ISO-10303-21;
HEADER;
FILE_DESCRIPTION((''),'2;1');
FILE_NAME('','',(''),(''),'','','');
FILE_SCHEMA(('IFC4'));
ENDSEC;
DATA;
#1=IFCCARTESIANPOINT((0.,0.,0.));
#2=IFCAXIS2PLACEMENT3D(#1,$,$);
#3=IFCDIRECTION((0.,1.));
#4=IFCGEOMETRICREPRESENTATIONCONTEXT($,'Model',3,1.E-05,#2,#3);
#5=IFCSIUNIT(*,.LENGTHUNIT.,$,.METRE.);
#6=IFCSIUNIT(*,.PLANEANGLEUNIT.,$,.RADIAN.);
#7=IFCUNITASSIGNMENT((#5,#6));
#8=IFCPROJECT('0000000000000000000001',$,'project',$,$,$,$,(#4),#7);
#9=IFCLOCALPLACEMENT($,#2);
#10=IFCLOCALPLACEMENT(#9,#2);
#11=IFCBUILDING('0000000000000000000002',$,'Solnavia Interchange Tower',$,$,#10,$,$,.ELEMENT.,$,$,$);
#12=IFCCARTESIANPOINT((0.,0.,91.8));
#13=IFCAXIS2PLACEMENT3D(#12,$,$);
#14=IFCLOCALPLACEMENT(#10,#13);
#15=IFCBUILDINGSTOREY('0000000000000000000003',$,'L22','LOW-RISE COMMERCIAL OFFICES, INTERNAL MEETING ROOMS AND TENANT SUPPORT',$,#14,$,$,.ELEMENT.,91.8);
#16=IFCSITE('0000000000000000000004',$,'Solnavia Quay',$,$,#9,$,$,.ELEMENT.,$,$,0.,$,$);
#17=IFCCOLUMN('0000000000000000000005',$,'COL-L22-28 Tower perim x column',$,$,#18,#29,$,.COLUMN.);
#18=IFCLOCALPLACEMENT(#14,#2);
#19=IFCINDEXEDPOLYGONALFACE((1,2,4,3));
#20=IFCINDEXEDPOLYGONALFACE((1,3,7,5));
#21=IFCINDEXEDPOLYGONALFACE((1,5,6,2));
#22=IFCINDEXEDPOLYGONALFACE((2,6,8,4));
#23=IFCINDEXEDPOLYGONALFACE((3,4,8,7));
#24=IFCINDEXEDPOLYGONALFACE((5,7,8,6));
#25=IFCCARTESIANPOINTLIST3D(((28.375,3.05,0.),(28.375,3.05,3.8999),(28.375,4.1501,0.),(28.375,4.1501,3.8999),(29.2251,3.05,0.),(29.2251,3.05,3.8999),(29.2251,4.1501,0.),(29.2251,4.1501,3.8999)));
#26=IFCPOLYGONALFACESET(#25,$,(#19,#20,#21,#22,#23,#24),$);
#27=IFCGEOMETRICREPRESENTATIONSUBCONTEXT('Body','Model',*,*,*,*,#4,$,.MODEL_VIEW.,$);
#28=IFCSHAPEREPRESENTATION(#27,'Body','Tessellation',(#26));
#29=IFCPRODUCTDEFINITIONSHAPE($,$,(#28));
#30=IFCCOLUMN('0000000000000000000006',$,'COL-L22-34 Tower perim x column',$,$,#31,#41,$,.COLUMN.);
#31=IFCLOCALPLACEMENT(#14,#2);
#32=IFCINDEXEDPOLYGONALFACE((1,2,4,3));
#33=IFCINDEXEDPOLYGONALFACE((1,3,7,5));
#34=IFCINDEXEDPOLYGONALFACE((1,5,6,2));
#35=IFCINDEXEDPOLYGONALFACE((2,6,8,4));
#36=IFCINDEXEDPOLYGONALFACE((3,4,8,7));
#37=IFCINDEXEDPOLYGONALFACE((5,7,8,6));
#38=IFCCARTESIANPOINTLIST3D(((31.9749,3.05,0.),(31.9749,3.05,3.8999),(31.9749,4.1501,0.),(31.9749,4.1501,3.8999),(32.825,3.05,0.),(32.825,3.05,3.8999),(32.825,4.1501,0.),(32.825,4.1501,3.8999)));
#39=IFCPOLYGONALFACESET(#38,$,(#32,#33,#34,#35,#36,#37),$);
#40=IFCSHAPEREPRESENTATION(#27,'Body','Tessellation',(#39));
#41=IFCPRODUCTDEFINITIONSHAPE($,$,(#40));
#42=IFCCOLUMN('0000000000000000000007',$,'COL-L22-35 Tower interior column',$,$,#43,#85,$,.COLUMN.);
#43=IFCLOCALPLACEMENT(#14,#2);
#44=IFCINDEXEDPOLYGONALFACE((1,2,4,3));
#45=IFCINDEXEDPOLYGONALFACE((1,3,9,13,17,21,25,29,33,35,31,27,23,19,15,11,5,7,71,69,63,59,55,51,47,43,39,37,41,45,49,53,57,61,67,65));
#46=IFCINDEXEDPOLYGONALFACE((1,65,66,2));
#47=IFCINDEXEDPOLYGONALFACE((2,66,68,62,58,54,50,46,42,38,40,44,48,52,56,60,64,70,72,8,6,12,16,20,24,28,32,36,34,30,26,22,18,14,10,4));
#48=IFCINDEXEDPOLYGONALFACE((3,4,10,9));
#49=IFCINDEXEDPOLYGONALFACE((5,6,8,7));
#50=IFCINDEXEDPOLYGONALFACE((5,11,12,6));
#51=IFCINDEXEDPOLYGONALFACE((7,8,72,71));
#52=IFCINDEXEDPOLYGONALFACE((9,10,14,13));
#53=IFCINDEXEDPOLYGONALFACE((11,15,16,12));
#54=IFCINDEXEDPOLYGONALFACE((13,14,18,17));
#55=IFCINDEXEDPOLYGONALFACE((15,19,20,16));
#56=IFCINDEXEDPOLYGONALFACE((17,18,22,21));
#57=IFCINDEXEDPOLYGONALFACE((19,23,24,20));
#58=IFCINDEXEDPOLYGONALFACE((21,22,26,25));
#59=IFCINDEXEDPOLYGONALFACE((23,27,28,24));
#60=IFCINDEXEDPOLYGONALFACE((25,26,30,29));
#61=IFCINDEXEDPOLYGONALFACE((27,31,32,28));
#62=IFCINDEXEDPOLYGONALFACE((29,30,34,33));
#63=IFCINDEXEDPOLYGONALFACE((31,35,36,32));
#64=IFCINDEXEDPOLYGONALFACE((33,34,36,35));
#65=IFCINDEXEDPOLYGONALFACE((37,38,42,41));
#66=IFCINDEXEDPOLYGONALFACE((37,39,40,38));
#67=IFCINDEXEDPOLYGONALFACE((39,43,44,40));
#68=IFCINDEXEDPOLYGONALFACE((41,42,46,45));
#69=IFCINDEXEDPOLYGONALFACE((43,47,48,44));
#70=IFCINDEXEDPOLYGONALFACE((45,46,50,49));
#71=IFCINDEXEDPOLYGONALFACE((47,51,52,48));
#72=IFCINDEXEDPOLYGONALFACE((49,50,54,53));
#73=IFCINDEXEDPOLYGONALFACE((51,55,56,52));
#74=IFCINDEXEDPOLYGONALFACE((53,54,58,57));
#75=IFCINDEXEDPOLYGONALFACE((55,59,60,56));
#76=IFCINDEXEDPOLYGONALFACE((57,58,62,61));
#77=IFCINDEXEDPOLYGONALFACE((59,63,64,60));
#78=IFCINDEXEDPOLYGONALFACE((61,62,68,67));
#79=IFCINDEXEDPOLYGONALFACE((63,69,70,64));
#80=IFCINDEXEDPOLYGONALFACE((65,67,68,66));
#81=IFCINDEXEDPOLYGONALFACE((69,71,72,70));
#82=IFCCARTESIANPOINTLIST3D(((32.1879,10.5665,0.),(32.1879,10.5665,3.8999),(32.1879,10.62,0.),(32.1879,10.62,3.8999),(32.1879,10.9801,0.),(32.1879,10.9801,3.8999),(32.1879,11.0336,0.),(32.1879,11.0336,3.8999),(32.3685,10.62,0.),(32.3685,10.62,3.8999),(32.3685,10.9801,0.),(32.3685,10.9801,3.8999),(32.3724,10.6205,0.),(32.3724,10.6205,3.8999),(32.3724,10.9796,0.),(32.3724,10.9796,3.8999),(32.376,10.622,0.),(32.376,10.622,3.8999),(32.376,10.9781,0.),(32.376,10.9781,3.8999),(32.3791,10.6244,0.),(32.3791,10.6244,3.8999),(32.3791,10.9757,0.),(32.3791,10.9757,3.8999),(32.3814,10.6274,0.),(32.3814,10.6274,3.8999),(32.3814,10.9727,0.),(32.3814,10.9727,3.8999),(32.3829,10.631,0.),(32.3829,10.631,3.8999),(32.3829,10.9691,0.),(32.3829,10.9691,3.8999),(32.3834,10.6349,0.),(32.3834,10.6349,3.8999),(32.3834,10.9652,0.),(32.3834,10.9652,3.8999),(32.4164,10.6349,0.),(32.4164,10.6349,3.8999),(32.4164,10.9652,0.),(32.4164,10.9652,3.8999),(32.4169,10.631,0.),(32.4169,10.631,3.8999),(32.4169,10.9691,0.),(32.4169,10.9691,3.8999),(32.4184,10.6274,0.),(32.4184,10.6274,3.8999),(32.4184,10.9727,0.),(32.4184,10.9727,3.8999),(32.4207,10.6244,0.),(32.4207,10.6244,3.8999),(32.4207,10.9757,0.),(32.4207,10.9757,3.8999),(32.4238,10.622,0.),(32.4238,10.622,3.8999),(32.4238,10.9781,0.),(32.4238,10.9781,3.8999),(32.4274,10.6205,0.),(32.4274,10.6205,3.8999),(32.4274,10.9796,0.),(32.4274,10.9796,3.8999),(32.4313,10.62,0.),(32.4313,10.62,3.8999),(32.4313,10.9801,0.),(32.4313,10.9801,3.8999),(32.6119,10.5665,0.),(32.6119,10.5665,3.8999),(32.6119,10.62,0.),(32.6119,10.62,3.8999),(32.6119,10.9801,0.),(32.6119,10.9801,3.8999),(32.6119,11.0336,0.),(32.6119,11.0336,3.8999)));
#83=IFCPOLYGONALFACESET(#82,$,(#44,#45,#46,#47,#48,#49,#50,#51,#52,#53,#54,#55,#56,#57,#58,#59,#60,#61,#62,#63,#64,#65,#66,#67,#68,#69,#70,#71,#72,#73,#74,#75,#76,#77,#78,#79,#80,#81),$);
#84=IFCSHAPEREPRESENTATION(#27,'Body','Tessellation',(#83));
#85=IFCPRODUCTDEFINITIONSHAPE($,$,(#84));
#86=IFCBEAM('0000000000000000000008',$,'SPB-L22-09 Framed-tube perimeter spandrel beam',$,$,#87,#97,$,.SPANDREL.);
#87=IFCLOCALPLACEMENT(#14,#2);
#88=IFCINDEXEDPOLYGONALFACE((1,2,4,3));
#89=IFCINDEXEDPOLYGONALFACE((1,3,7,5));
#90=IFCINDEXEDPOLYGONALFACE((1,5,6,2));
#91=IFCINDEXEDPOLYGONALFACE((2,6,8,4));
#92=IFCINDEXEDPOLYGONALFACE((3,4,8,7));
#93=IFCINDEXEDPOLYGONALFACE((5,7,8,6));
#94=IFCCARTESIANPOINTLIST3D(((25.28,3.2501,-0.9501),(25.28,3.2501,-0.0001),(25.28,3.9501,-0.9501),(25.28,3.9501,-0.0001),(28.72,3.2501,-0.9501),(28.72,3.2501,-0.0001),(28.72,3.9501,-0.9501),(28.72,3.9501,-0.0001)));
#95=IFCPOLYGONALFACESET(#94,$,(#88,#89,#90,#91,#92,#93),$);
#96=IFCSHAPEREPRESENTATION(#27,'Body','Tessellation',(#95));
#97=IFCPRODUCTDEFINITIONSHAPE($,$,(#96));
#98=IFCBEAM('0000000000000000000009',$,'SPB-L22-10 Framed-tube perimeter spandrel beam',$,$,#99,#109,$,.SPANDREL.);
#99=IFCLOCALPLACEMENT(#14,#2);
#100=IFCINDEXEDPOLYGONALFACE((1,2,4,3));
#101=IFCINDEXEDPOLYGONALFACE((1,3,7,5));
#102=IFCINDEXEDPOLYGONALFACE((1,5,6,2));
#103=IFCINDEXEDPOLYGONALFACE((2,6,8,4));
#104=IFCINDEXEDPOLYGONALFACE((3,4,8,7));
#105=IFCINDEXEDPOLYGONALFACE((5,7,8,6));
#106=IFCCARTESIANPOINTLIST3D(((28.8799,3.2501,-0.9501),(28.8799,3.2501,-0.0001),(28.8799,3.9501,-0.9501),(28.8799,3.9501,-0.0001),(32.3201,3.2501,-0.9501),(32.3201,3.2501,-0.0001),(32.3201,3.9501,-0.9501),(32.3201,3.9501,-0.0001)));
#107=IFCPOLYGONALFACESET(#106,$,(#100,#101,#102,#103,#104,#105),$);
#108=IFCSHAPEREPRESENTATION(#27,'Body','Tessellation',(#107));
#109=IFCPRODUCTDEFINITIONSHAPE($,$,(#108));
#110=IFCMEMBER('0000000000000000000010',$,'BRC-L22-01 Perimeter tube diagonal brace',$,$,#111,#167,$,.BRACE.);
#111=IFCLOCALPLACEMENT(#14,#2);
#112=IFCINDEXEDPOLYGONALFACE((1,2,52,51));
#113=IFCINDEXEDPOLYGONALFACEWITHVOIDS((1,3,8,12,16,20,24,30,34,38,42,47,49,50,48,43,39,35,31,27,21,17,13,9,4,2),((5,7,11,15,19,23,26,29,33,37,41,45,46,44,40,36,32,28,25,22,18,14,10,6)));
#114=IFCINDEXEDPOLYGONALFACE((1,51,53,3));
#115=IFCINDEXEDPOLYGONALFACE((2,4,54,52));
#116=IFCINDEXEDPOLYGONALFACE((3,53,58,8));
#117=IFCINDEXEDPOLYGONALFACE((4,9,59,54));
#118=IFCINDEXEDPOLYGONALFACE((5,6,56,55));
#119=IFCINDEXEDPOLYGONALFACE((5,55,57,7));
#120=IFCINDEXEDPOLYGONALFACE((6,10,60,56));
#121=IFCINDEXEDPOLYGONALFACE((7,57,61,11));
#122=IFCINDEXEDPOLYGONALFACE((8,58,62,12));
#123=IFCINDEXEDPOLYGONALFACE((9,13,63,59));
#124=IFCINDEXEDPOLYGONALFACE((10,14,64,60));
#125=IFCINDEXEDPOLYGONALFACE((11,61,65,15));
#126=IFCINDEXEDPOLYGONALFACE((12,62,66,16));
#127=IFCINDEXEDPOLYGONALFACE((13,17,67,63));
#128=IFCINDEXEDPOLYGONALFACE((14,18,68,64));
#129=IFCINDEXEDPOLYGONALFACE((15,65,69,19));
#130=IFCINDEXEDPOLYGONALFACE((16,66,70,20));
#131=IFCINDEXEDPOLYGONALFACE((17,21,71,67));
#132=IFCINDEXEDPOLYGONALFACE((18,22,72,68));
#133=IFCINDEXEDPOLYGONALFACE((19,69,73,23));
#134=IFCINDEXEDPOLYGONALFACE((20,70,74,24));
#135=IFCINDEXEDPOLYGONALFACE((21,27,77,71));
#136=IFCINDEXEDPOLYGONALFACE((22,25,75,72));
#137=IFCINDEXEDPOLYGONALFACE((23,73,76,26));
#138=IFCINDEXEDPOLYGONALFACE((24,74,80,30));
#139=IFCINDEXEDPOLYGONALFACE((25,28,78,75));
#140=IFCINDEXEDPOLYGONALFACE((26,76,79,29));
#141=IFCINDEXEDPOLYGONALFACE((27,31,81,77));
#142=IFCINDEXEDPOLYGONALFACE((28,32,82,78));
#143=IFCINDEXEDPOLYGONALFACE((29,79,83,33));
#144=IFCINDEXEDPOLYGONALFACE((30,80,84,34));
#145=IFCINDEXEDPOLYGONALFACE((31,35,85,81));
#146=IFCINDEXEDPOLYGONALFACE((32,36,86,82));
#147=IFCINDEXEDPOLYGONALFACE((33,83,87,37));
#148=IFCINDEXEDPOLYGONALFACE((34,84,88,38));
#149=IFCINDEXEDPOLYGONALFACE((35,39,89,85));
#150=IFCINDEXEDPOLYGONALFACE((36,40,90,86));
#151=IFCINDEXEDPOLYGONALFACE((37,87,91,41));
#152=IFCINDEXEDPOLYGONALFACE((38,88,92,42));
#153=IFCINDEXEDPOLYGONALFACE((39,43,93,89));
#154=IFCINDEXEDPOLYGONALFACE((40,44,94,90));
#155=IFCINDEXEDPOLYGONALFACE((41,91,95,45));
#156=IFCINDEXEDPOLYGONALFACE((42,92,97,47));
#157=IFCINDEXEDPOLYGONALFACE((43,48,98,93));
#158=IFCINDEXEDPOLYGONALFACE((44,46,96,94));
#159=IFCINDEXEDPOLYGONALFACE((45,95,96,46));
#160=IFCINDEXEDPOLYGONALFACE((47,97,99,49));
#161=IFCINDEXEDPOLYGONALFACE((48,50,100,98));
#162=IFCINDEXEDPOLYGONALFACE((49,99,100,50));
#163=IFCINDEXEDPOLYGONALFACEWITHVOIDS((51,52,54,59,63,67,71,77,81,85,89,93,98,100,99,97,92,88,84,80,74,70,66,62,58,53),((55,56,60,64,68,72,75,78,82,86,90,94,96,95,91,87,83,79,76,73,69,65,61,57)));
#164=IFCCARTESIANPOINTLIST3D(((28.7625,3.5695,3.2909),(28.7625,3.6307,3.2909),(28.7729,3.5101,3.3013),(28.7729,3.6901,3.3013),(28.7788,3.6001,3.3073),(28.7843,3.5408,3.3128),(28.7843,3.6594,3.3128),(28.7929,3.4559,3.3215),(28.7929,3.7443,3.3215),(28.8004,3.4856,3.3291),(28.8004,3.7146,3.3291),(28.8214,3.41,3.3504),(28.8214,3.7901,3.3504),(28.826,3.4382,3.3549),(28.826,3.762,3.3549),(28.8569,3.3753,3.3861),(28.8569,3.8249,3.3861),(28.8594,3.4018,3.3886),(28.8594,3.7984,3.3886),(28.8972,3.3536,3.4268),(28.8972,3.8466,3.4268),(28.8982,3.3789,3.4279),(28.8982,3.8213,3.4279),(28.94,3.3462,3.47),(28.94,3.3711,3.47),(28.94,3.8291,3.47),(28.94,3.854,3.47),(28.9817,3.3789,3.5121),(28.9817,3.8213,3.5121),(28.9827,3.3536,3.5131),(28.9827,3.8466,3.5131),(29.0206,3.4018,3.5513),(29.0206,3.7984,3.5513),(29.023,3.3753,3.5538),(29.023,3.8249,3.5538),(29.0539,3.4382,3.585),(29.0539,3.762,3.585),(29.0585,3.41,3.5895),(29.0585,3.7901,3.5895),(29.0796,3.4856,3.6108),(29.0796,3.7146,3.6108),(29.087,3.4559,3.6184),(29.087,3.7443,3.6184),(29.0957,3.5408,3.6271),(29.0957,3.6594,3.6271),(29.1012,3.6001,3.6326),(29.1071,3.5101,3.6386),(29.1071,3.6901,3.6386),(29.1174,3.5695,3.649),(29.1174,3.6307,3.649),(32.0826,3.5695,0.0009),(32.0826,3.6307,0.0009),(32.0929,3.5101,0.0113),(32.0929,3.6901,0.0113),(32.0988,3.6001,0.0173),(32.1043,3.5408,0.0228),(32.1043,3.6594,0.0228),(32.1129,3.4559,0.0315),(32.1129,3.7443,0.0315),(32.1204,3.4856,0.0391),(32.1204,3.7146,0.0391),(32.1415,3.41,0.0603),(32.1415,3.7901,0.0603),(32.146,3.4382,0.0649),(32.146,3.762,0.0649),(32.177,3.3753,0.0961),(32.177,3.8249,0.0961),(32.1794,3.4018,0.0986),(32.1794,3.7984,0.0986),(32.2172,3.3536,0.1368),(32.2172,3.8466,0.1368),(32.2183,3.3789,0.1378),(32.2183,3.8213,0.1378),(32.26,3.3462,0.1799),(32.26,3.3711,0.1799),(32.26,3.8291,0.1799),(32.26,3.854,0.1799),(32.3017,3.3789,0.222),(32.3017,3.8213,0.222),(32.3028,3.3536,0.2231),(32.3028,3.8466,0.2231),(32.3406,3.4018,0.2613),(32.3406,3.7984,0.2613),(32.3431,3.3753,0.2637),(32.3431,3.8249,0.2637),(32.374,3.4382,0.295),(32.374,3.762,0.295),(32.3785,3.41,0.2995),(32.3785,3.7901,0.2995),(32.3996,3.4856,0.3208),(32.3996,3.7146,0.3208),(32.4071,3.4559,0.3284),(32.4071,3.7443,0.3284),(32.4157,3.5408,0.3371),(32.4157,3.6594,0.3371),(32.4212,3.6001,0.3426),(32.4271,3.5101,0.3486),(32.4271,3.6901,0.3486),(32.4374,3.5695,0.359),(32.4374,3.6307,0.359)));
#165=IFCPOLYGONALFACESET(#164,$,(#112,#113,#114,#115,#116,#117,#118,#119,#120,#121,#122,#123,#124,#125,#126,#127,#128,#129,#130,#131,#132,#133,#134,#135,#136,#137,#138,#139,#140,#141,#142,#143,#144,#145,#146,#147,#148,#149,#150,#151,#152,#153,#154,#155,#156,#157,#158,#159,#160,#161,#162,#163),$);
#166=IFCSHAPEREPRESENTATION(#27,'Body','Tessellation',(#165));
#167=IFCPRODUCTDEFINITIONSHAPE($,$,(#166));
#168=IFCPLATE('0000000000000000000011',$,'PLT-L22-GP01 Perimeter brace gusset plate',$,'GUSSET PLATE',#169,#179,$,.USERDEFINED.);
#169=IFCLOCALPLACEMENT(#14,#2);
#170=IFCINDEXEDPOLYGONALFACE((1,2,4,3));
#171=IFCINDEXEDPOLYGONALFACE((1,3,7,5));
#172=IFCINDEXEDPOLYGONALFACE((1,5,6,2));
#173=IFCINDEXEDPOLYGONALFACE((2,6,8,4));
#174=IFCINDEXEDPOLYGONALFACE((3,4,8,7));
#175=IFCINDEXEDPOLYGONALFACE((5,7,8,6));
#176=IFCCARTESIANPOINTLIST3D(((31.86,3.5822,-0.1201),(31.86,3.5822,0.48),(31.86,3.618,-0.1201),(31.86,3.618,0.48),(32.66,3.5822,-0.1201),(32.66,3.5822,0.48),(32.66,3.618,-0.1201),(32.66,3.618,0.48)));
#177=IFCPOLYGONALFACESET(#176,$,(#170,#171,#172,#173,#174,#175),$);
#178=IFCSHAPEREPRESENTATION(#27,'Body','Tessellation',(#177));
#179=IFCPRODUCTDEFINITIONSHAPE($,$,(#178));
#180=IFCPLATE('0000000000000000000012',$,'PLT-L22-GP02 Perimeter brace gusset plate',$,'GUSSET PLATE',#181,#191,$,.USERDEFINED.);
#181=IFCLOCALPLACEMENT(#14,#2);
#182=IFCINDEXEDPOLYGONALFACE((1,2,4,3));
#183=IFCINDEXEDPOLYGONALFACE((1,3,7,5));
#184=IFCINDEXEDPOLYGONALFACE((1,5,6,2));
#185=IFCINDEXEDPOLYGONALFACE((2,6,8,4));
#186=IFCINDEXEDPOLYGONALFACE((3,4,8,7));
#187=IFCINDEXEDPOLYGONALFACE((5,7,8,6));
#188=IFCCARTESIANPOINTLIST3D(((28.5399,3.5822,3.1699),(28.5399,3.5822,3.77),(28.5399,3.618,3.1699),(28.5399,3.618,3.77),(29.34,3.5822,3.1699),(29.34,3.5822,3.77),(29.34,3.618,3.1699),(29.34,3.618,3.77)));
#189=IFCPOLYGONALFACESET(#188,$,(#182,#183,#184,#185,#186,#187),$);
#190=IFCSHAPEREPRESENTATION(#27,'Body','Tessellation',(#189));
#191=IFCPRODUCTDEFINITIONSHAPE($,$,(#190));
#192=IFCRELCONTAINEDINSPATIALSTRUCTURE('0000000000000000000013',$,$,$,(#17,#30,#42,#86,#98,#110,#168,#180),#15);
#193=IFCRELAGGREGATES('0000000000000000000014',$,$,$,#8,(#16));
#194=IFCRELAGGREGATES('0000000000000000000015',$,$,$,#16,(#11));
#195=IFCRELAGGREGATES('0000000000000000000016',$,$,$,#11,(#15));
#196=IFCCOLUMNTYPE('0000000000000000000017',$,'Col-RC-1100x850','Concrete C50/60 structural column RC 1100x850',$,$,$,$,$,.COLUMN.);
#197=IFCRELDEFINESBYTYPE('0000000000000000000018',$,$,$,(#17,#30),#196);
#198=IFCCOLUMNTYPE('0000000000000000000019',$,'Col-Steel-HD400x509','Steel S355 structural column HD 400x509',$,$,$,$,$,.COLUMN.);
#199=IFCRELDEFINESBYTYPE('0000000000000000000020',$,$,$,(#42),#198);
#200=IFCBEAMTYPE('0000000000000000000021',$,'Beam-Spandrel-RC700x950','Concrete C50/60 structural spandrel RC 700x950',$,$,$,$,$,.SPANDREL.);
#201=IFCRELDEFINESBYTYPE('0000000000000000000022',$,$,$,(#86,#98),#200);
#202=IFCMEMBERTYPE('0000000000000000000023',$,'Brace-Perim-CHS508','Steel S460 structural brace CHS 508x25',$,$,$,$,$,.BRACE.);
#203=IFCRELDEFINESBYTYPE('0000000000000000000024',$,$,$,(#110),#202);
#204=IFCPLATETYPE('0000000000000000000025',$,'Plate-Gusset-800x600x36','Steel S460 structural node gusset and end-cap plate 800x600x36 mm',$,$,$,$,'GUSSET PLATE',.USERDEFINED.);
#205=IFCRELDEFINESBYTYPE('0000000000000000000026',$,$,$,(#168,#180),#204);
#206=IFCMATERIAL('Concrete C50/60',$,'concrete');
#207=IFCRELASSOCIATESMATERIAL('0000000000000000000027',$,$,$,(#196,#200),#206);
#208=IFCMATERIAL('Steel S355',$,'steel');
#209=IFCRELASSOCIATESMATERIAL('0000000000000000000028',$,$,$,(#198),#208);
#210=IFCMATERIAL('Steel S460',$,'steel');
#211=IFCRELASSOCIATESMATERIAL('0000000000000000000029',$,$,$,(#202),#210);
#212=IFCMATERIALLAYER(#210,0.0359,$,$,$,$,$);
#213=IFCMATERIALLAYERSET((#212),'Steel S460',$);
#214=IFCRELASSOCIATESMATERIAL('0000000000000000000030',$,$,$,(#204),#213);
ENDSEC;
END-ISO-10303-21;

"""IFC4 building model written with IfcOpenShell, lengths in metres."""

from ifc_helpers import new_model, si_unit, direction, frame, origin, origin_2d, place, context, subcontext, project, spatial, rectangle, hollow_circle, i_section, extrude, material, layer, layer_set, material_profile, profile_set, type_object, element, save


model = new_model("IFC4")

# Units and contexts
model_context = context("Model", 3, precision=1e-05, world=origin(), true_north=direction((0.0, 1.0)))
body_context = subcontext(model_context, "Body", "Model", "MODEL_VIEW")
ifc_project = project(units=[si_unit("LENGTHUNIT", "METRE"), si_unit("PLANEANGLEUNIT", "RADIAN")], contexts=[model_context])

# Site, building, storey
site_placement = place(None, origin())
site = spatial("IfcSite", under=ifc_project, at=site_placement, Name="Solnavia Quay", CompositionType="ELEMENT", RefElevation=0.0)
building_placement = place(site_placement, origin())
building = spatial("IfcBuilding", under=site, at=building_placement, Name="Solnavia Interchange Tower", CompositionType="ELEMENT")
storey_placement = place(building_placement, frame((0.0, 0.0, 91.8)))
storey = spatial("IfcBuildingStorey", under=building, at=storey_placement, Name="L22", Description="LOW-RISE COMMERCIAL OFFICES, INTERNAL MEETING ROOMS AND TENANT SUPPORT", CompositionType="ELEMENT", Elevation=91.8)

# Columns
ifc_material_1 = material(Name="Concrete C50/60", Category="concrete")
ifc_material_profile_1 = material_profile(ifc_material_1, rectangle(XDim=0.8501, YDim=1.1001, at=origin_2d()), Name="RC 1100x850")
ifc_profile_set_1 = profile_set([ifc_material_profile_1], Name="Concrete C50/60")
column_type_1 = type_object("IfcColumnType", Name="Col-RC-1100x850", Description="Concrete C50/60 structural column RC 1100x850", PredefinedType="COLUMN", material=ifc_profile_set_1)
for number, where, z_axis, x_axis, name in (
    (1, (28.8, 3.6001, 0.0), (0.0, 0.0, 1.0), (1.0, 0.0, 0.0), "COL-L22-28 Tower perim x column"),
    (2, (32.3999, 3.6001, 0.0), (0.0, 0.0, 1.0), (1.0, 0.0, 0.0), "COL-L22-34 Tower perim x column"),
):
    element("IfcColumn", number, at=place(storey_placement, frame(where, z_axis=z_axis, x_axis=x_axis)), inside=storey, type_object=column_type_1, Name=name, PredefinedType="COLUMN", context=body_context, shape_type="SweptSolid", body=[
        extrude(rectangle(XDim=0.8501, YDim=1.1001, at=origin_2d()), origin(), (0.0, 0.0, 1.0), 3.8999),
    ])
ifc_material_2 = material(Name="Steel S355", Category="steel")
ifc_material_profile_2 = material_profile(ifc_material_2, i_section(OverallWidth=0.4241, OverallDepth=0.467, WebThickness=0.033, FlangeThickness=0.0535, FilletRadius=0.0149, at=origin_2d()), Name="HD 400x509")
ifc_profile_set_2 = profile_set([ifc_material_profile_2], Name="Steel S355")
column_type_2 = type_object("IfcColumnType", Name="Col-Steel-HD400x509", Description="Steel S355 structural column HD 400x509", PredefinedType="COLUMN", material=ifc_profile_set_2)
column_placement = place(storey_placement, frame((32.3999, 10.8, 0.0), z_axis=(0.0, 0.0, 1.0), x_axis=(1.0, 0.0, 0.0)))
element("IfcColumn", 3, at=column_placement, inside=storey, type_object=column_type_2, Name="COL-L22-35 Tower interior column", PredefinedType="COLUMN", context=body_context, shape_type="SweptSolid", body=[
    extrude(i_section(OverallWidth=0.4241, OverallDepth=0.467, WebThickness=0.033, FlangeThickness=0.0535, FilletRadius=0.0149, at=origin_2d()), origin(), (0.0, 0.0, 1.0), 3.8999),
])

# Beams
ifc_material_profile_3 = material_profile(ifc_material_1, rectangle(XDim=0.7, YDim=0.95, at=origin_2d()), Name="RC 700x950")
ifc_profile_set_3 = profile_set([ifc_material_profile_3], Name="Concrete C50/60")
beam_type = type_object("IfcBeamType", Name="Beam-Spandrel-RC700x950", Description="Concrete C50/60 structural spandrel RC 700x950", PredefinedType="SPANDREL", material=ifc_profile_set_3)
beam_1_placement = place(storey_placement, frame((25.28, 3.6001, -0.4751), z_axis=(1.0, 0.0, 0.0), x_axis=(0.0, 1.0, 0.0)))
element("IfcBeam", 4, at=beam_1_placement, inside=storey, type_object=beam_type, Name="SPB-L22-09 Framed-tube perimeter spandrel beam", PredefinedType="SPANDREL", context=body_context, shape_type="SweptSolid", body=[
    extrude(rectangle(XDim=0.7, YDim=0.95, at=origin_2d()), origin(), (0.0, 0.0, 1.0), 3.4399),
])
beam_2_placement = place(storey_placement, frame((28.8799, 3.6001, -0.4751), z_axis=(1.0, 0.0, 0.0), x_axis=(0.0, 1.0, 0.0)))
element("IfcBeam", 5, at=beam_2_placement, inside=storey, type_object=beam_type, Name="SPB-L22-10 Framed-tube perimeter spandrel beam", PredefinedType="SPANDREL", context=body_context, shape_type="SweptSolid", body=[
    extrude(rectangle(XDim=0.7, YDim=0.95, at=origin_2d()), origin(), (0.0, 0.0, 1.0), 3.4402),
])

# Member
ifc_material_3 = material(Name="Steel S460", Category="steel")
ifc_material_profile_4 = material_profile(ifc_material_3, hollow_circle(Radius=0.2539, WallThickness=0.0249, at=origin_2d()), Name="CHS 508x25")
ifc_profile_set_4 = profile_set([ifc_material_profile_4], Name="Steel S460")
member_type = type_object("IfcMemberType", Name="Brace-Perim-CHS508", Description="Steel S460 structural brace CHS 508x25", PredefinedType="BRACE", material=ifc_profile_set_4)
member_placement = place(storey_placement, frame((32.26, 3.6001, 0.1799), z_axis=(-0.710312, 0.0, 0.703887), x_axis=(0.0, -1.0, 0.0)))
element("IfcMember", 6, at=member_placement, inside=storey, type_object=member_type, Name="BRC-L22-01 Perimeter tube diagonal brace", PredefinedType="BRACE", context=body_context, shape_type="SweptSolid", body=[
    extrude(hollow_circle(Radius=0.2539, WallThickness=0.0249, at=origin_2d()), origin(), (0.0, 0.0, 1.0), 4.6741),
])

# Plates
ifc_layer_1 = layer(ifc_material_3, 0.0359)
ifc_layer_set_1 = layer_set([ifc_layer_1], Name="Steel S460")
plate_type = type_object("IfcPlateType", Name="Plate-Gusset-800x600x36", Description="Steel S460 structural node gusset and end-cap plate 800x600x36 mm", ElementType="GUSSET PLATE", PredefinedType="USERDEFINED", material=ifc_layer_set_1)
for number, where, z_axis, x_axis, name in (
    (7, (32.26, 3.6001, -0.1201), (0.0, 0.0, 1.0), (-1.0, 0.0, 0.0), "PLT-L22-GP01 Perimeter brace gusset plate"),
    (8, (28.9399, 3.6001, 3.1699), (0.0, 0.0, 1.0), (-1.0, 0.0, 0.0), "PLT-L22-GP02 Perimeter brace gusset plate"),
):
    element("IfcPlate", number, at=place(storey_placement, frame(where, z_axis=z_axis, x_axis=x_axis)), inside=storey, type_object=plate_type, Name=name, ObjectType="GUSSET PLATE", PredefinedType="USERDEFINED", context=body_context, shape_type="SweptSolid", body=[
        extrude(rectangle(XDim=0.8, YDim=0.0359, at=origin_2d()), origin(), (0.0, 0.0, 1.0), 0.6001),
    ])

save(model, "model.ifc")
